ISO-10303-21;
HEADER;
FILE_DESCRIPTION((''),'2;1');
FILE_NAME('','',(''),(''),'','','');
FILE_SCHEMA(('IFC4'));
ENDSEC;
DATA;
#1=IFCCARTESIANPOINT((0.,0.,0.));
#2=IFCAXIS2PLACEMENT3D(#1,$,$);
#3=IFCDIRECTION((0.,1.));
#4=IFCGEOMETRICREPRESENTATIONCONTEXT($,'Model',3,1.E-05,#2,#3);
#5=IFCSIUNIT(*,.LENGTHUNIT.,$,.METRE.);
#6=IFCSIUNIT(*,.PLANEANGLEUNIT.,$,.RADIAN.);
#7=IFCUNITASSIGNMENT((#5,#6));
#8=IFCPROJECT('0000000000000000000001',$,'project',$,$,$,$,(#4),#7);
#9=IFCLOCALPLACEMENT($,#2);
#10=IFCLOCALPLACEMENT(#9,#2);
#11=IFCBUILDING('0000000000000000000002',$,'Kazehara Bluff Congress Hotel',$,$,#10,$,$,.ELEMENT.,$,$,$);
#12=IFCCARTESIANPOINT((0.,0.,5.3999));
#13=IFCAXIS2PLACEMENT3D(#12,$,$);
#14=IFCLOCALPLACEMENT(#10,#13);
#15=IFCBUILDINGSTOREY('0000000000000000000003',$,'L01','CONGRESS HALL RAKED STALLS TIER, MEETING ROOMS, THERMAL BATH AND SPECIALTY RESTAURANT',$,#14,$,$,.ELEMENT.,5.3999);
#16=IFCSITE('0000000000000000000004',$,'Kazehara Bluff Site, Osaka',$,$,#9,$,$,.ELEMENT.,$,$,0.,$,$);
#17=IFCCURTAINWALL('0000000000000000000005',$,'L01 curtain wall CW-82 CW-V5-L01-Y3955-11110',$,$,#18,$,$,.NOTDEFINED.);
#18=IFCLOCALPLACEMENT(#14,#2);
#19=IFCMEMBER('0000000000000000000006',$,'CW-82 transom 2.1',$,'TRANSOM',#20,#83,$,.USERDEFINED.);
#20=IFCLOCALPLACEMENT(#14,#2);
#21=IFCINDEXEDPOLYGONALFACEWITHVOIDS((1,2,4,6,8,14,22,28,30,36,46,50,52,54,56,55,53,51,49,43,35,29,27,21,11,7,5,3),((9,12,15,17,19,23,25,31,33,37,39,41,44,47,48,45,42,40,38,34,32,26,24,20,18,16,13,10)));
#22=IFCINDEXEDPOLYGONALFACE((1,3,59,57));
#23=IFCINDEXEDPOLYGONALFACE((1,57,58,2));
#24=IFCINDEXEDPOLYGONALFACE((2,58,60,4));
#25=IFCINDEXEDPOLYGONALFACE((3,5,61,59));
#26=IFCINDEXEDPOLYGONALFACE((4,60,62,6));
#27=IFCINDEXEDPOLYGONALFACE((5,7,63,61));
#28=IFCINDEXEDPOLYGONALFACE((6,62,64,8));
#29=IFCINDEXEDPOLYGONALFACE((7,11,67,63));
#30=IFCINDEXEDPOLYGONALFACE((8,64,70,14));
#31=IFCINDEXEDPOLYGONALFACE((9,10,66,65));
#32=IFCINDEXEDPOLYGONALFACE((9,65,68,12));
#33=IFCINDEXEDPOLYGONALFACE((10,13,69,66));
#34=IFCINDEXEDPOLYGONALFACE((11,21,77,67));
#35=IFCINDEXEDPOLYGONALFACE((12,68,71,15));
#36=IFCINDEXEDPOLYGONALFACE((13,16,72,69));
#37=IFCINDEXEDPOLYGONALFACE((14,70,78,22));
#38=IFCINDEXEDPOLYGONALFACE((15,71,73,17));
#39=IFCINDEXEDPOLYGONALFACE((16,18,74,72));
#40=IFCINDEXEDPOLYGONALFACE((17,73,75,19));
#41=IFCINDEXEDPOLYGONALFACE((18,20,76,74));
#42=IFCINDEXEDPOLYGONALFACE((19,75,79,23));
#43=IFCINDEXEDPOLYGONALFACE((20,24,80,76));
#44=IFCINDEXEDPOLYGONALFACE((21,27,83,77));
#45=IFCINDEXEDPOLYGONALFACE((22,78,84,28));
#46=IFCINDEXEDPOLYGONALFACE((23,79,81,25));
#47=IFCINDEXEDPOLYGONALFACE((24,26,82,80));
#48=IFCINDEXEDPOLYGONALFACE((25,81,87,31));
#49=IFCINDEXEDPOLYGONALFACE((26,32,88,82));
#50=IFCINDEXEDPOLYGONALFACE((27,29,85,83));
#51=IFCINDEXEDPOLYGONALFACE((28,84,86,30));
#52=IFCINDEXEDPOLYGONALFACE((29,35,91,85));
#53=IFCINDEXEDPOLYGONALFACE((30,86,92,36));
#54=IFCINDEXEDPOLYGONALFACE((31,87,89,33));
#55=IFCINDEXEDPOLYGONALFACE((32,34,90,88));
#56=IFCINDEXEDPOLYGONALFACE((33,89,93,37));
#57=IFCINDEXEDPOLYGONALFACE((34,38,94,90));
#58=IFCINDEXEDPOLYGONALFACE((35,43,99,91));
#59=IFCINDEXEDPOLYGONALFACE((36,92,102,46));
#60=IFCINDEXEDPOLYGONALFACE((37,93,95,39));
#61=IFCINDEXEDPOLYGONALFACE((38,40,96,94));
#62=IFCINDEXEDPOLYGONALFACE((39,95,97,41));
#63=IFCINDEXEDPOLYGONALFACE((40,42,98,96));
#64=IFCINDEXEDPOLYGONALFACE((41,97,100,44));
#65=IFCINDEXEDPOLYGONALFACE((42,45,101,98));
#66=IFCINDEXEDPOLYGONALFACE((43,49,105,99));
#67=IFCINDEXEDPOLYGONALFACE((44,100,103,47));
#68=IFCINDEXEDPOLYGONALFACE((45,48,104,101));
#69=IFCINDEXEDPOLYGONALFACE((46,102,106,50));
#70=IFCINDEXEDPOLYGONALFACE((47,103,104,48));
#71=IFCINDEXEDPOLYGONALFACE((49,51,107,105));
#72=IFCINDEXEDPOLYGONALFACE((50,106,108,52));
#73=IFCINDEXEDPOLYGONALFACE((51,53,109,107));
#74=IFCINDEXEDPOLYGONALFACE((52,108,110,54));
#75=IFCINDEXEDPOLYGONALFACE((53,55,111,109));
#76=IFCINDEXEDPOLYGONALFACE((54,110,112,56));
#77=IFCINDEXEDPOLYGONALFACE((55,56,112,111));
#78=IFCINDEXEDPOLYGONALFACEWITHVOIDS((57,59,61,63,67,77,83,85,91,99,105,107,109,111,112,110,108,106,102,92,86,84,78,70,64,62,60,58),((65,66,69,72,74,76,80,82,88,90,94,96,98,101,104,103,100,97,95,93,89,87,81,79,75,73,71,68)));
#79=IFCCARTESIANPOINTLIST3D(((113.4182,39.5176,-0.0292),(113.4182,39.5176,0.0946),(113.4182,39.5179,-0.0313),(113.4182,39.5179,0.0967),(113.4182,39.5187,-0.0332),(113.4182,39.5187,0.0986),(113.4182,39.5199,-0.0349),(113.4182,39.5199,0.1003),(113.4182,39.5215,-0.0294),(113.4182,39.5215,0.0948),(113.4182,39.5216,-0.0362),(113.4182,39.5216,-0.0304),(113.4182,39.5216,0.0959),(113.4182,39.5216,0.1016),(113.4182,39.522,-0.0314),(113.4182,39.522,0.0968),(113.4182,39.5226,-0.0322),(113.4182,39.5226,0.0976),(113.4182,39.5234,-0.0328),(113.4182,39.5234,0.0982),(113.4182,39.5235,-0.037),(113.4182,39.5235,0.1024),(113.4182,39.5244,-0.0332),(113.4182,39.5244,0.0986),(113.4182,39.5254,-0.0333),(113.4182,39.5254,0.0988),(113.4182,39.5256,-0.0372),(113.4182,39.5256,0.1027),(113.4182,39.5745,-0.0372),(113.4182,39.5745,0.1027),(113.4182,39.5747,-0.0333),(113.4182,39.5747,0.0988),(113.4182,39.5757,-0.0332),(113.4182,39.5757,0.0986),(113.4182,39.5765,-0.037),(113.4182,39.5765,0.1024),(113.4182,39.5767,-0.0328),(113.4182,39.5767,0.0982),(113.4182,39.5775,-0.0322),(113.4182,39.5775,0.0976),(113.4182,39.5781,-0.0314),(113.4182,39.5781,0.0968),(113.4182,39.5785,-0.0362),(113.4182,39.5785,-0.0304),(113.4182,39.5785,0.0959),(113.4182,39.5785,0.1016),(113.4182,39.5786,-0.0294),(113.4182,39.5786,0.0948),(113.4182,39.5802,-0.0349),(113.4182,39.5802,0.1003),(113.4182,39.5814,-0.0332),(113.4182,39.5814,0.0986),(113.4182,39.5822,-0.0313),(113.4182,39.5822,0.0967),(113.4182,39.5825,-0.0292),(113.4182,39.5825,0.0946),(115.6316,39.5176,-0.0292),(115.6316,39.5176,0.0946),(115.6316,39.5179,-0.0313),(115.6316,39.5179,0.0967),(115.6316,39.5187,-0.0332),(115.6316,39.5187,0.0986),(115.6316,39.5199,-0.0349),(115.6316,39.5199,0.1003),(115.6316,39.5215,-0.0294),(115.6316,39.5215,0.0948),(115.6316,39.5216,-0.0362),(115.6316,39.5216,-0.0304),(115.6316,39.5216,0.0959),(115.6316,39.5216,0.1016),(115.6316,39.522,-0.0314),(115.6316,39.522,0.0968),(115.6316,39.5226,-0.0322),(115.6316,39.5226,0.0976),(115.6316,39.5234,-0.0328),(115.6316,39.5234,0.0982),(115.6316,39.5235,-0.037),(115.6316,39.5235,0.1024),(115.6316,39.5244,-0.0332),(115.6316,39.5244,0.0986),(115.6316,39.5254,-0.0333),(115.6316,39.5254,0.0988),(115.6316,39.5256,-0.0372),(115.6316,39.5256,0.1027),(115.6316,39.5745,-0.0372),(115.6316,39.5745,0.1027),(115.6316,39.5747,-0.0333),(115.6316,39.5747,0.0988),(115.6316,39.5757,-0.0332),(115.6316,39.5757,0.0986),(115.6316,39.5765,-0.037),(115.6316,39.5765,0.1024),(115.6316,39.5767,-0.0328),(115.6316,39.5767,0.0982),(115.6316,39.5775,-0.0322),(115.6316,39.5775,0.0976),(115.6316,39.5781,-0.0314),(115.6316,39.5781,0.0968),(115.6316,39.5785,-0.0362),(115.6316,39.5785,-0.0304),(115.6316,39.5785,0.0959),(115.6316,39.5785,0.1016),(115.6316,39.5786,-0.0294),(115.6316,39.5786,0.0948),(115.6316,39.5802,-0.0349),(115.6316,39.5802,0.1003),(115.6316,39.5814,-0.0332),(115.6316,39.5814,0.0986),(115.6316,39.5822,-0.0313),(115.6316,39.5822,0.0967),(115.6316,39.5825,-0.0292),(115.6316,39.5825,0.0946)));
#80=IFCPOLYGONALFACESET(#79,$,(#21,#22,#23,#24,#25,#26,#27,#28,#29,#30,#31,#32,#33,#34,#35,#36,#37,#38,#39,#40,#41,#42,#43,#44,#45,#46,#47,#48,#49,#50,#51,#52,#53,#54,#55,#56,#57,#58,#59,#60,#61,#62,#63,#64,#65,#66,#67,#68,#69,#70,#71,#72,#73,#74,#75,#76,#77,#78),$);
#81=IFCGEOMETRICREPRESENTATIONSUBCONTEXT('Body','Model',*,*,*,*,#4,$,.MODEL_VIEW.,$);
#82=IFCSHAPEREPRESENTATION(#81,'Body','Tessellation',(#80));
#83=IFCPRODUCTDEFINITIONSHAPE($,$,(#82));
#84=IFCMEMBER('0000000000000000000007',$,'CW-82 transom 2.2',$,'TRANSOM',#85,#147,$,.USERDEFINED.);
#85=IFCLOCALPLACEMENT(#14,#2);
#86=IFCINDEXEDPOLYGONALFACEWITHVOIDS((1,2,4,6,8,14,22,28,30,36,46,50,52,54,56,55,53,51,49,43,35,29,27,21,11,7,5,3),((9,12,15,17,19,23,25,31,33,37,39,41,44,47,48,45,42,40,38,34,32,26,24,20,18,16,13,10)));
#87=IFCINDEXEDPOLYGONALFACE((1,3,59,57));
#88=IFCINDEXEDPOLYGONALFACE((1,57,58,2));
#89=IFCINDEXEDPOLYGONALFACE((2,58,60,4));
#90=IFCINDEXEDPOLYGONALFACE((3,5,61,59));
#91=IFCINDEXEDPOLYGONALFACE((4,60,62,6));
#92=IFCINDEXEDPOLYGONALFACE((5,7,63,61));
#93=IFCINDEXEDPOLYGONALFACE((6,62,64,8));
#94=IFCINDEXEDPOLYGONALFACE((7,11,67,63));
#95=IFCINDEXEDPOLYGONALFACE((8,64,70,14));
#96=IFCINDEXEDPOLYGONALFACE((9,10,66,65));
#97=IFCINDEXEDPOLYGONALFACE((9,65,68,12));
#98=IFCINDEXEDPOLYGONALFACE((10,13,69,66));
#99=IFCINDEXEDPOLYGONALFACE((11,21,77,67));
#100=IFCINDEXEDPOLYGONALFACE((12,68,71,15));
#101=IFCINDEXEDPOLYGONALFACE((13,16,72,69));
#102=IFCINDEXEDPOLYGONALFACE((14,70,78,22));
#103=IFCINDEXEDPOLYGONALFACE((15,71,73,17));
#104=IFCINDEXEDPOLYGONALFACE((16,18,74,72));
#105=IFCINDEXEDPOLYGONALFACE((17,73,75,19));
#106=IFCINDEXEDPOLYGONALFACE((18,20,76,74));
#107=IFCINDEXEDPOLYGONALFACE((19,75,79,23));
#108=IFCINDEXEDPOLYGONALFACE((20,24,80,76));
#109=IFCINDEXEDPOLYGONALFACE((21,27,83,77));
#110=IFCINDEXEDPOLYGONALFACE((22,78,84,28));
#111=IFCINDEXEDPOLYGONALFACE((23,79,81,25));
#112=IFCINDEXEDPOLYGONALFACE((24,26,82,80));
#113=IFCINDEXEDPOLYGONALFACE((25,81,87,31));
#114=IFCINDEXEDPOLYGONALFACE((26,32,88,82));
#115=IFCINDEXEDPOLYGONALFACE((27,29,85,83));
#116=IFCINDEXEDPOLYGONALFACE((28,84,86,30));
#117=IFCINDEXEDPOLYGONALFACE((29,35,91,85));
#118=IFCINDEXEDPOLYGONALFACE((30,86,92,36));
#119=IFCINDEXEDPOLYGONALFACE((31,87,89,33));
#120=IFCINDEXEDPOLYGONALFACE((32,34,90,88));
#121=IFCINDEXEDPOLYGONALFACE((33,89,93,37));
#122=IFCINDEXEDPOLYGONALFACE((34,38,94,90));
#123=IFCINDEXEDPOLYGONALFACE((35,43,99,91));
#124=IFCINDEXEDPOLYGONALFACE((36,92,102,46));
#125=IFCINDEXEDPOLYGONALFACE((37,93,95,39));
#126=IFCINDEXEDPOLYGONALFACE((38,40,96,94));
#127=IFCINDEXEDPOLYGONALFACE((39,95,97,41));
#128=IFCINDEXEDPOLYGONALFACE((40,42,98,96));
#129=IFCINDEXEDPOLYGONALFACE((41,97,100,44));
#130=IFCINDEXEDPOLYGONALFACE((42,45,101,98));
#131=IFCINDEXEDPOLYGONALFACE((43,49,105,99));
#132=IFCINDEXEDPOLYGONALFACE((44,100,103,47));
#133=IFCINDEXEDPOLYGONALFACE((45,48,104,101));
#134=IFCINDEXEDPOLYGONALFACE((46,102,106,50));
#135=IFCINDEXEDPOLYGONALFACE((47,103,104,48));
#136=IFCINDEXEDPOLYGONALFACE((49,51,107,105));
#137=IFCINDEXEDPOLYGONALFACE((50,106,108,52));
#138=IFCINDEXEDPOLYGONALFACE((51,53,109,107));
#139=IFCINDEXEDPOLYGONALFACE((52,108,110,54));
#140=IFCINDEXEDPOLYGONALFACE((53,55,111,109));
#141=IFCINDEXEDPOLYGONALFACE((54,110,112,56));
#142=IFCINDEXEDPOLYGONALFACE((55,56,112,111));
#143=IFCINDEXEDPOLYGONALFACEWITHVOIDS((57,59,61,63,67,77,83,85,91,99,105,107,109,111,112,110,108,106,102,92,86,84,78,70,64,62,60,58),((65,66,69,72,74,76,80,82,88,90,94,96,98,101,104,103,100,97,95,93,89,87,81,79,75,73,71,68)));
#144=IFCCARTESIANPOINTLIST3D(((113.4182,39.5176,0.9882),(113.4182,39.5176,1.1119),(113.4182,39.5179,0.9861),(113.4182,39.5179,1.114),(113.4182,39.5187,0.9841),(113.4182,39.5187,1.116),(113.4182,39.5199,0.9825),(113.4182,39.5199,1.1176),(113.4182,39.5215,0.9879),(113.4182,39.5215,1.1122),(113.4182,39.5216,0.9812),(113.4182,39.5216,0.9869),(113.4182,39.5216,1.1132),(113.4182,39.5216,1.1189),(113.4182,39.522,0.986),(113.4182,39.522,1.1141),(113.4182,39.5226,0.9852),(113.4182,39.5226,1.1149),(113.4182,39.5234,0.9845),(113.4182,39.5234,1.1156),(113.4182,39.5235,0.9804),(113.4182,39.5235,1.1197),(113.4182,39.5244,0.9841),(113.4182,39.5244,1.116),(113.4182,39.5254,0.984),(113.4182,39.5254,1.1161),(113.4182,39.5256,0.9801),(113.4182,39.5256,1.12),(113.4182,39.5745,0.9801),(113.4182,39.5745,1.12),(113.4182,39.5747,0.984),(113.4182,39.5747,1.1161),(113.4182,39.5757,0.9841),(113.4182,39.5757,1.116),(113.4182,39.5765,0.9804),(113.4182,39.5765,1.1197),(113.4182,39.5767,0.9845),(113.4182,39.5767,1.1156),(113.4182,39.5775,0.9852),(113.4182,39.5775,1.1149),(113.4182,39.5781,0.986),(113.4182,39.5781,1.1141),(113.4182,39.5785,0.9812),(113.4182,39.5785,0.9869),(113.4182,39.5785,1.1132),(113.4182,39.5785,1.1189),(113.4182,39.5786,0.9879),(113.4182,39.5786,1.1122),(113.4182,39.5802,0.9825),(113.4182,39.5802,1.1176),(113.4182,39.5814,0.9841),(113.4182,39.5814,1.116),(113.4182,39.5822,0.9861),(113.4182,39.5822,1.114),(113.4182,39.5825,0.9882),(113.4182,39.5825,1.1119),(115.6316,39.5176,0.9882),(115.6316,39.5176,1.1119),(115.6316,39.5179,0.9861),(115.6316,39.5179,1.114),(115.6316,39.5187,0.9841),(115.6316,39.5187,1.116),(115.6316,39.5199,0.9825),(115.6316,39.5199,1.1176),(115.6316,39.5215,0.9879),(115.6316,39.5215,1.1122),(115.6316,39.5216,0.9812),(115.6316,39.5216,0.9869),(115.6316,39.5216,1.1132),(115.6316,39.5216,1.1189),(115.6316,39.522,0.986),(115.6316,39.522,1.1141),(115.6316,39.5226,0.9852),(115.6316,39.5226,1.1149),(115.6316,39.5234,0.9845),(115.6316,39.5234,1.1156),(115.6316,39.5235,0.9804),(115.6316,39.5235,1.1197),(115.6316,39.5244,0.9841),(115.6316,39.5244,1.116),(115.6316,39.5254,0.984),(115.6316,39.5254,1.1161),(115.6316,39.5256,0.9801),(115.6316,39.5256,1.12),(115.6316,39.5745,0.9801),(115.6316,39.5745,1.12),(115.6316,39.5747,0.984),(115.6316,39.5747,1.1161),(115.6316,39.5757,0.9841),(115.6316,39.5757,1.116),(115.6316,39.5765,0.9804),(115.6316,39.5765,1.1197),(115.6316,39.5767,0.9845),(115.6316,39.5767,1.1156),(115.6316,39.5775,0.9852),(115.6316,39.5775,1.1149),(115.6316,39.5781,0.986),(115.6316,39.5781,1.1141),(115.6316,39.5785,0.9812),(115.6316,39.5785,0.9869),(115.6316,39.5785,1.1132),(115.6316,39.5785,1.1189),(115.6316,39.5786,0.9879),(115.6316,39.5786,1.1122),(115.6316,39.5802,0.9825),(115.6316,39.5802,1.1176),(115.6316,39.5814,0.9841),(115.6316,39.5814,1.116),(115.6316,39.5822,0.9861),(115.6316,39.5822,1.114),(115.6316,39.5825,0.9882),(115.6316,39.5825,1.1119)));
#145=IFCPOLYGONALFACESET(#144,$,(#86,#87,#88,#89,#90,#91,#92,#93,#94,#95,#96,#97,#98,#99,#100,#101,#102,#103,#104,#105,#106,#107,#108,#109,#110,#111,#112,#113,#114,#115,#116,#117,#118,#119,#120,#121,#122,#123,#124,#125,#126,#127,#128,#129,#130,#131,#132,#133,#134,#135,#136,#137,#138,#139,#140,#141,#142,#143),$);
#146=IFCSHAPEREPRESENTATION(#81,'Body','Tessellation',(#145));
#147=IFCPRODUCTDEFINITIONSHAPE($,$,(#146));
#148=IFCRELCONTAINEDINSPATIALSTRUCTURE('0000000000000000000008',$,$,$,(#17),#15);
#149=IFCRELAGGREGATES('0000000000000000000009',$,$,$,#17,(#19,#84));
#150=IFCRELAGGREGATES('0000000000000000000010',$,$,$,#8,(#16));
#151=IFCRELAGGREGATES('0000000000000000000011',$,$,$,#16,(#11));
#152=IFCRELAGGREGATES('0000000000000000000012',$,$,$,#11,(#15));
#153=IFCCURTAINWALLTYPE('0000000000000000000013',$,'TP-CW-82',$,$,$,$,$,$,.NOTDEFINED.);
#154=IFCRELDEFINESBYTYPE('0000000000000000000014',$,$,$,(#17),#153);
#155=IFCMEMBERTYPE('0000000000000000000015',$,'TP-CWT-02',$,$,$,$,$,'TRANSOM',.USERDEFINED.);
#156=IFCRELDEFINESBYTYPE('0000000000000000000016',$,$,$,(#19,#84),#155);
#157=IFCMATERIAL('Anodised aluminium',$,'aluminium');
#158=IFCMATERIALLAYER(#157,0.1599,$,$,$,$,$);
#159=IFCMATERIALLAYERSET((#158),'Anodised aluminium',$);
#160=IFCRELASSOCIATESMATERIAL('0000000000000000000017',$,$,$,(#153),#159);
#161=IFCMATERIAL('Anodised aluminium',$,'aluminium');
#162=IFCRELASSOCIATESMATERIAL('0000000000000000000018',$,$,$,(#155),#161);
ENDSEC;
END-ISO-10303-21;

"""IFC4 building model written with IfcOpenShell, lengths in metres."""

from ifc_helpers import new_model, si_unit, direction, frame, origin, origin_2d, place, context, subcontext, project, spatial, hollow_rectangle, extrude, material, layer, layer_set, material_profile, profile_set, type_object, element, aggregate, save


model = new_model("IFC4")

# Units and contexts
model_context = context("Model", 3, precision=1e-05, world=origin(), true_north=direction((0.0, 1.0)))
body_context = subcontext(model_context, "Body", "Model", "MODEL_VIEW")
ifc_project = project(units=[si_unit("LENGTHUNIT", "METRE"), si_unit("PLANEANGLEUNIT", "RADIAN")], contexts=[model_context])

# Site, building, storey
site_placement = place(None, origin())
site = spatial("IfcSite", under=ifc_project, at=site_placement, Name="Kazehara Bluff Site, Osaka", CompositionType="ELEMENT", RefElevation=0.0)
building_placement = place(site_placement, origin())
building = spatial("IfcBuilding", under=site, at=building_placement, Name="Kazehara Bluff Congress Hotel", CompositionType="ELEMENT")
storey_placement = place(building_placement, frame((0.0, 0.0, 5.3999)))
storey = spatial("IfcBuildingStorey", under=building, at=storey_placement, Name="L01", Description="CONGRESS HALL RAKED STALLS TIER, MEETING ROOMS, THERMAL BATH AND SPECIALTY RESTAURANT", CompositionType="ELEMENT", Elevation=5.3999)

# Curtain wall, members
ifc_material_1 = material(Name="Anodised aluminium", Category="aluminium")
ifc_layer_1 = layer(ifc_material_1, 0.1599)
ifc_layer_set_1 = layer_set([ifc_layer_1], Name="Anodised aluminium")
curtain_wall_type = type_object("IfcCurtainWallType", Name="TP-CW-82", PredefinedType="NOTDEFINED", material=ifc_layer_set_1)
curtain_wall_placement = place(storey_placement, origin())
curtain_wall = element("IfcCurtainWall", 1, at=curtain_wall_placement, inside=storey, type_object=curtain_wall_type, Name="L01 curtain wall CW-82 CW-V5-L01-Y3955-11110", PredefinedType="NOTDEFINED")
ifc_material_2 = material(Name="Anodised aluminium", Category="aluminium")
ifc_material_profile_1 = material_profile(ifc_material_2, hollow_rectangle(XDim=0.0649, YDim=0.1399, WallThickness=0.0039, InnerFilletRadius=0.0039, OuterFilletRadius=0.0081, at=origin_2d()))
ifc_profile_set_1 = profile_set([ifc_material_profile_1], Name="Anodised aluminium")
member_type_1 = type_object("IfcMemberType", Name="TP-CWT-02", ElementType="TRANSOM", PredefinedType="USERDEFINED", material=ifc_profile_set_1)
member_1_placement = place(storey_placement, frame((113.4182, 39.55, 0.0327), z_axis=(1.0, 0.0, 0.0), x_axis=(0.0, 1.0, 0.0)))
member_1 = element("IfcMember", 2, at=member_1_placement, type_object=member_type_1, Name="CW-82 transom 2.1", ObjectType="TRANSOM", PredefinedType="USERDEFINED", context=body_context, shape_type="SweptSolid", body=[
    extrude(hollow_rectangle(XDim=0.0649, YDim=0.1399, WallThickness=0.0039, InnerFilletRadius=0.0039, OuterFilletRadius=0.0081, at=origin_2d()), origin(), (0.0, 0.0, 1.0), 2.2134),
])
member_2_placement = place(storey_placement, frame((113.4182, 39.55, 1.05), z_axis=(1.0, 0.0, 0.0), x_axis=(0.0, 1.0, 0.0)))
member_2 = element("IfcMember", 3, at=member_2_placement, type_object=member_type_1, Name="CW-82 transom 2.2", ObjectType="TRANSOM", PredefinedType="USERDEFINED", context=body_context, shape_type="SweptSolid", body=[
    extrude(hollow_rectangle(XDim=0.0649, YDim=0.1399, WallThickness=0.0039, InnerFilletRadius=0.0039, OuterFilletRadius=0.0081, at=origin_2d()), origin(), (0.0, 0.0, 1.0), 2.2134),
])

aggregate(curtain_wall, [member_1, member_2])

save(model, "model.ifc")
